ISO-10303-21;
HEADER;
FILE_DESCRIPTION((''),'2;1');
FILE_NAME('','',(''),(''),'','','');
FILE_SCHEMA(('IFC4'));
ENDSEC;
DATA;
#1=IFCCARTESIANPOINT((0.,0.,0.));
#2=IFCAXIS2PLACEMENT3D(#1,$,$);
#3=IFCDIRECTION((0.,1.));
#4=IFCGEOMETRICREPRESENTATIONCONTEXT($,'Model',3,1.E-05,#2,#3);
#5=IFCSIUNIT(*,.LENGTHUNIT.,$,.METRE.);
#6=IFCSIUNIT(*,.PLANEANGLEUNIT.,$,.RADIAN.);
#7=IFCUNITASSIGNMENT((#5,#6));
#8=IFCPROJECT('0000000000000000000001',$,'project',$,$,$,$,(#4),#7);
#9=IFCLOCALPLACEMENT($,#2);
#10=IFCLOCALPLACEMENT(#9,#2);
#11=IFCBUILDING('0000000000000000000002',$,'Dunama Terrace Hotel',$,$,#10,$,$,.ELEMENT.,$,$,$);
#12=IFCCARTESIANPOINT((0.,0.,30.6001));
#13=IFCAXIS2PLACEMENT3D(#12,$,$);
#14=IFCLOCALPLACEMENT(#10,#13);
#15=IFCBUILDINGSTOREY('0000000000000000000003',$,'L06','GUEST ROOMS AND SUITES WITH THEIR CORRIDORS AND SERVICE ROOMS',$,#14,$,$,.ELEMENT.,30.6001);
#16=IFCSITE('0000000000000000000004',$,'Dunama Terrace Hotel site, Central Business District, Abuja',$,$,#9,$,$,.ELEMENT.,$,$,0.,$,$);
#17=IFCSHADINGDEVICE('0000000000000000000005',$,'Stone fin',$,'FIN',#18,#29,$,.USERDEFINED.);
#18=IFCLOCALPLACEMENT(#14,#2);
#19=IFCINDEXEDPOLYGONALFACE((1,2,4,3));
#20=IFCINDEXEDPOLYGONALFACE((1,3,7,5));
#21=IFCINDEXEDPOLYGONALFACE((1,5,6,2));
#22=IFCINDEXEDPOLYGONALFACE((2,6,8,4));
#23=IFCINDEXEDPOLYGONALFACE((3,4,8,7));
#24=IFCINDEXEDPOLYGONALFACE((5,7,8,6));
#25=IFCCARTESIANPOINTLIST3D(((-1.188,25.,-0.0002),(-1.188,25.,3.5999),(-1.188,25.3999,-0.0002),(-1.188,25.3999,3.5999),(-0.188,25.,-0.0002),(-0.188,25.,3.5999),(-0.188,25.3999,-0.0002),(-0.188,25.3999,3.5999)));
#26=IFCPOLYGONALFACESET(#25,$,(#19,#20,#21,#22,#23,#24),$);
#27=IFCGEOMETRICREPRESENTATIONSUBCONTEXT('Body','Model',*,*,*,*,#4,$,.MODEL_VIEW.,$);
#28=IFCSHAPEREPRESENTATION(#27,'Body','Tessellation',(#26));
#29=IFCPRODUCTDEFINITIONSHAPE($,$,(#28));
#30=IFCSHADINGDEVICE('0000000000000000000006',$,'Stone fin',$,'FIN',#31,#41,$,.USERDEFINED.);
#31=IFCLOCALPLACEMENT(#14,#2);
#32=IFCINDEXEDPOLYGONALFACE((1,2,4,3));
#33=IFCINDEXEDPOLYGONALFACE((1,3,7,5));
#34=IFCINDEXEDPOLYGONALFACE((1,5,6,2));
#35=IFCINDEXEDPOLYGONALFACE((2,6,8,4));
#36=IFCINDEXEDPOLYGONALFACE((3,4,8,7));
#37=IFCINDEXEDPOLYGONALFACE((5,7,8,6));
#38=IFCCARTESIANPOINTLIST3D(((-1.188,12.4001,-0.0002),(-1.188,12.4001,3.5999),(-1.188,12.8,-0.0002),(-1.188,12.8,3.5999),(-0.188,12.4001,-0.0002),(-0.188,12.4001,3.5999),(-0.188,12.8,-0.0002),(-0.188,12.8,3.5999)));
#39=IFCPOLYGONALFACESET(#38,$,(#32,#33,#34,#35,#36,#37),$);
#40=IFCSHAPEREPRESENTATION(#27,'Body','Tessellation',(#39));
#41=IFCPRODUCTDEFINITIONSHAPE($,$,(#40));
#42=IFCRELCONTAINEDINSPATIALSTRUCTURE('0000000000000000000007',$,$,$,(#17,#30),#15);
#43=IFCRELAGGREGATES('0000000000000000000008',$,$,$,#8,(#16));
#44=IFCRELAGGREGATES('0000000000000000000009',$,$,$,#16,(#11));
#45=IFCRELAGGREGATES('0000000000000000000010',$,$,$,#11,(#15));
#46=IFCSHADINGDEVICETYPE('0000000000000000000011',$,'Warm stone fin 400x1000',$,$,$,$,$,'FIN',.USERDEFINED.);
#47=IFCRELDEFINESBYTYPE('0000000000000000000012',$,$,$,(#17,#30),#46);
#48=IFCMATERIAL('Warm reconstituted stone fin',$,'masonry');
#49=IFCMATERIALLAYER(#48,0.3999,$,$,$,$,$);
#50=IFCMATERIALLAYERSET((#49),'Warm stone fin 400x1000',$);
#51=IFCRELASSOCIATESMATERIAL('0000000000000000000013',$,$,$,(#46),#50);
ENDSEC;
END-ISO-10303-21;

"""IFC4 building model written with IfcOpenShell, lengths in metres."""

from ifc_helpers import new_model, si_unit, direction, frame, origin, origin_2d, place, context, subcontext, project, spatial, rectangle, extrude, material, layer, layer_set, type_object, element, save


model = new_model("IFC4")

# Units and contexts
model_context = context("Model", 3, precision=1e-05, world=origin(), true_north=direction((0.0, 1.0)))
body_context = subcontext(model_context, "Body", "Model", "MODEL_VIEW")
ifc_project = project(units=[si_unit("LENGTHUNIT", "METRE"), si_unit("PLANEANGLEUNIT", "RADIAN")], contexts=[model_context])

# Site, building, storey
site_placement = place(None, origin())
site = spatial("IfcSite", under=ifc_project, at=site_placement, Name="Dunama Terrace Hotel site, Central Business District, Abuja", CompositionType="ELEMENT", RefElevation=0.0)
building_placement = place(site_placement, origin())
building = spatial("IfcBuilding", under=site, at=building_placement, Name="Dunama Terrace Hotel", CompositionType="ELEMENT")
storey_placement = place(building_placement, frame((0.0, 0.0, 30.6001)))
storey = spatial("IfcBuildingStorey", under=building, at=storey_placement, Name="L06", Description="GUEST ROOMS AND SUITES WITH THEIR CORRIDORS AND SERVICE ROOMS", CompositionType="ELEMENT", Elevation=30.6001)

# Shading devices
ifc_material_1 = material(Name="Warm reconstituted stone fin", Category="masonry")
ifc_layer_1 = layer(ifc_material_1, 0.3999)
ifc_layer_set_1 = layer_set([ifc_layer_1], Name="Warm stone fin 400x1000")
shading_device_type = type_object("IfcShadingDeviceType", Name="Warm stone fin 400x1000", ElementType="FIN", PredefinedType="USERDEFINED", material=ifc_layer_set_1)
for number, where, z_axis, x_axis, name in (
    (1, (-0.688, 25.2, -0.0002), (0.0, 0.0, 1.0), (0.0, -1.0, 0.0), "Stone fin"),
    (2, (-0.688, 12.6001, -0.0002), (0.0, 0.0, 1.0), (0.0, -1.0, 0.0), "Stone fin"),
):
    element("IfcShadingDevice", number, at=place(storey_placement, frame(where, z_axis=z_axis, x_axis=x_axis)), inside=storey, type_object=shading_device_type, Name=name, ObjectType="FIN", PredefinedType="USERDEFINED", context=body_context, shape_type="SweptSolid", body=[
        extrude(rectangle(XDim=0.3999, YDim=1.0, at=origin_2d()), origin(), (0.0, 0.0, 1.0), 3.6001),
    ])

save(model, "model.ifc")
